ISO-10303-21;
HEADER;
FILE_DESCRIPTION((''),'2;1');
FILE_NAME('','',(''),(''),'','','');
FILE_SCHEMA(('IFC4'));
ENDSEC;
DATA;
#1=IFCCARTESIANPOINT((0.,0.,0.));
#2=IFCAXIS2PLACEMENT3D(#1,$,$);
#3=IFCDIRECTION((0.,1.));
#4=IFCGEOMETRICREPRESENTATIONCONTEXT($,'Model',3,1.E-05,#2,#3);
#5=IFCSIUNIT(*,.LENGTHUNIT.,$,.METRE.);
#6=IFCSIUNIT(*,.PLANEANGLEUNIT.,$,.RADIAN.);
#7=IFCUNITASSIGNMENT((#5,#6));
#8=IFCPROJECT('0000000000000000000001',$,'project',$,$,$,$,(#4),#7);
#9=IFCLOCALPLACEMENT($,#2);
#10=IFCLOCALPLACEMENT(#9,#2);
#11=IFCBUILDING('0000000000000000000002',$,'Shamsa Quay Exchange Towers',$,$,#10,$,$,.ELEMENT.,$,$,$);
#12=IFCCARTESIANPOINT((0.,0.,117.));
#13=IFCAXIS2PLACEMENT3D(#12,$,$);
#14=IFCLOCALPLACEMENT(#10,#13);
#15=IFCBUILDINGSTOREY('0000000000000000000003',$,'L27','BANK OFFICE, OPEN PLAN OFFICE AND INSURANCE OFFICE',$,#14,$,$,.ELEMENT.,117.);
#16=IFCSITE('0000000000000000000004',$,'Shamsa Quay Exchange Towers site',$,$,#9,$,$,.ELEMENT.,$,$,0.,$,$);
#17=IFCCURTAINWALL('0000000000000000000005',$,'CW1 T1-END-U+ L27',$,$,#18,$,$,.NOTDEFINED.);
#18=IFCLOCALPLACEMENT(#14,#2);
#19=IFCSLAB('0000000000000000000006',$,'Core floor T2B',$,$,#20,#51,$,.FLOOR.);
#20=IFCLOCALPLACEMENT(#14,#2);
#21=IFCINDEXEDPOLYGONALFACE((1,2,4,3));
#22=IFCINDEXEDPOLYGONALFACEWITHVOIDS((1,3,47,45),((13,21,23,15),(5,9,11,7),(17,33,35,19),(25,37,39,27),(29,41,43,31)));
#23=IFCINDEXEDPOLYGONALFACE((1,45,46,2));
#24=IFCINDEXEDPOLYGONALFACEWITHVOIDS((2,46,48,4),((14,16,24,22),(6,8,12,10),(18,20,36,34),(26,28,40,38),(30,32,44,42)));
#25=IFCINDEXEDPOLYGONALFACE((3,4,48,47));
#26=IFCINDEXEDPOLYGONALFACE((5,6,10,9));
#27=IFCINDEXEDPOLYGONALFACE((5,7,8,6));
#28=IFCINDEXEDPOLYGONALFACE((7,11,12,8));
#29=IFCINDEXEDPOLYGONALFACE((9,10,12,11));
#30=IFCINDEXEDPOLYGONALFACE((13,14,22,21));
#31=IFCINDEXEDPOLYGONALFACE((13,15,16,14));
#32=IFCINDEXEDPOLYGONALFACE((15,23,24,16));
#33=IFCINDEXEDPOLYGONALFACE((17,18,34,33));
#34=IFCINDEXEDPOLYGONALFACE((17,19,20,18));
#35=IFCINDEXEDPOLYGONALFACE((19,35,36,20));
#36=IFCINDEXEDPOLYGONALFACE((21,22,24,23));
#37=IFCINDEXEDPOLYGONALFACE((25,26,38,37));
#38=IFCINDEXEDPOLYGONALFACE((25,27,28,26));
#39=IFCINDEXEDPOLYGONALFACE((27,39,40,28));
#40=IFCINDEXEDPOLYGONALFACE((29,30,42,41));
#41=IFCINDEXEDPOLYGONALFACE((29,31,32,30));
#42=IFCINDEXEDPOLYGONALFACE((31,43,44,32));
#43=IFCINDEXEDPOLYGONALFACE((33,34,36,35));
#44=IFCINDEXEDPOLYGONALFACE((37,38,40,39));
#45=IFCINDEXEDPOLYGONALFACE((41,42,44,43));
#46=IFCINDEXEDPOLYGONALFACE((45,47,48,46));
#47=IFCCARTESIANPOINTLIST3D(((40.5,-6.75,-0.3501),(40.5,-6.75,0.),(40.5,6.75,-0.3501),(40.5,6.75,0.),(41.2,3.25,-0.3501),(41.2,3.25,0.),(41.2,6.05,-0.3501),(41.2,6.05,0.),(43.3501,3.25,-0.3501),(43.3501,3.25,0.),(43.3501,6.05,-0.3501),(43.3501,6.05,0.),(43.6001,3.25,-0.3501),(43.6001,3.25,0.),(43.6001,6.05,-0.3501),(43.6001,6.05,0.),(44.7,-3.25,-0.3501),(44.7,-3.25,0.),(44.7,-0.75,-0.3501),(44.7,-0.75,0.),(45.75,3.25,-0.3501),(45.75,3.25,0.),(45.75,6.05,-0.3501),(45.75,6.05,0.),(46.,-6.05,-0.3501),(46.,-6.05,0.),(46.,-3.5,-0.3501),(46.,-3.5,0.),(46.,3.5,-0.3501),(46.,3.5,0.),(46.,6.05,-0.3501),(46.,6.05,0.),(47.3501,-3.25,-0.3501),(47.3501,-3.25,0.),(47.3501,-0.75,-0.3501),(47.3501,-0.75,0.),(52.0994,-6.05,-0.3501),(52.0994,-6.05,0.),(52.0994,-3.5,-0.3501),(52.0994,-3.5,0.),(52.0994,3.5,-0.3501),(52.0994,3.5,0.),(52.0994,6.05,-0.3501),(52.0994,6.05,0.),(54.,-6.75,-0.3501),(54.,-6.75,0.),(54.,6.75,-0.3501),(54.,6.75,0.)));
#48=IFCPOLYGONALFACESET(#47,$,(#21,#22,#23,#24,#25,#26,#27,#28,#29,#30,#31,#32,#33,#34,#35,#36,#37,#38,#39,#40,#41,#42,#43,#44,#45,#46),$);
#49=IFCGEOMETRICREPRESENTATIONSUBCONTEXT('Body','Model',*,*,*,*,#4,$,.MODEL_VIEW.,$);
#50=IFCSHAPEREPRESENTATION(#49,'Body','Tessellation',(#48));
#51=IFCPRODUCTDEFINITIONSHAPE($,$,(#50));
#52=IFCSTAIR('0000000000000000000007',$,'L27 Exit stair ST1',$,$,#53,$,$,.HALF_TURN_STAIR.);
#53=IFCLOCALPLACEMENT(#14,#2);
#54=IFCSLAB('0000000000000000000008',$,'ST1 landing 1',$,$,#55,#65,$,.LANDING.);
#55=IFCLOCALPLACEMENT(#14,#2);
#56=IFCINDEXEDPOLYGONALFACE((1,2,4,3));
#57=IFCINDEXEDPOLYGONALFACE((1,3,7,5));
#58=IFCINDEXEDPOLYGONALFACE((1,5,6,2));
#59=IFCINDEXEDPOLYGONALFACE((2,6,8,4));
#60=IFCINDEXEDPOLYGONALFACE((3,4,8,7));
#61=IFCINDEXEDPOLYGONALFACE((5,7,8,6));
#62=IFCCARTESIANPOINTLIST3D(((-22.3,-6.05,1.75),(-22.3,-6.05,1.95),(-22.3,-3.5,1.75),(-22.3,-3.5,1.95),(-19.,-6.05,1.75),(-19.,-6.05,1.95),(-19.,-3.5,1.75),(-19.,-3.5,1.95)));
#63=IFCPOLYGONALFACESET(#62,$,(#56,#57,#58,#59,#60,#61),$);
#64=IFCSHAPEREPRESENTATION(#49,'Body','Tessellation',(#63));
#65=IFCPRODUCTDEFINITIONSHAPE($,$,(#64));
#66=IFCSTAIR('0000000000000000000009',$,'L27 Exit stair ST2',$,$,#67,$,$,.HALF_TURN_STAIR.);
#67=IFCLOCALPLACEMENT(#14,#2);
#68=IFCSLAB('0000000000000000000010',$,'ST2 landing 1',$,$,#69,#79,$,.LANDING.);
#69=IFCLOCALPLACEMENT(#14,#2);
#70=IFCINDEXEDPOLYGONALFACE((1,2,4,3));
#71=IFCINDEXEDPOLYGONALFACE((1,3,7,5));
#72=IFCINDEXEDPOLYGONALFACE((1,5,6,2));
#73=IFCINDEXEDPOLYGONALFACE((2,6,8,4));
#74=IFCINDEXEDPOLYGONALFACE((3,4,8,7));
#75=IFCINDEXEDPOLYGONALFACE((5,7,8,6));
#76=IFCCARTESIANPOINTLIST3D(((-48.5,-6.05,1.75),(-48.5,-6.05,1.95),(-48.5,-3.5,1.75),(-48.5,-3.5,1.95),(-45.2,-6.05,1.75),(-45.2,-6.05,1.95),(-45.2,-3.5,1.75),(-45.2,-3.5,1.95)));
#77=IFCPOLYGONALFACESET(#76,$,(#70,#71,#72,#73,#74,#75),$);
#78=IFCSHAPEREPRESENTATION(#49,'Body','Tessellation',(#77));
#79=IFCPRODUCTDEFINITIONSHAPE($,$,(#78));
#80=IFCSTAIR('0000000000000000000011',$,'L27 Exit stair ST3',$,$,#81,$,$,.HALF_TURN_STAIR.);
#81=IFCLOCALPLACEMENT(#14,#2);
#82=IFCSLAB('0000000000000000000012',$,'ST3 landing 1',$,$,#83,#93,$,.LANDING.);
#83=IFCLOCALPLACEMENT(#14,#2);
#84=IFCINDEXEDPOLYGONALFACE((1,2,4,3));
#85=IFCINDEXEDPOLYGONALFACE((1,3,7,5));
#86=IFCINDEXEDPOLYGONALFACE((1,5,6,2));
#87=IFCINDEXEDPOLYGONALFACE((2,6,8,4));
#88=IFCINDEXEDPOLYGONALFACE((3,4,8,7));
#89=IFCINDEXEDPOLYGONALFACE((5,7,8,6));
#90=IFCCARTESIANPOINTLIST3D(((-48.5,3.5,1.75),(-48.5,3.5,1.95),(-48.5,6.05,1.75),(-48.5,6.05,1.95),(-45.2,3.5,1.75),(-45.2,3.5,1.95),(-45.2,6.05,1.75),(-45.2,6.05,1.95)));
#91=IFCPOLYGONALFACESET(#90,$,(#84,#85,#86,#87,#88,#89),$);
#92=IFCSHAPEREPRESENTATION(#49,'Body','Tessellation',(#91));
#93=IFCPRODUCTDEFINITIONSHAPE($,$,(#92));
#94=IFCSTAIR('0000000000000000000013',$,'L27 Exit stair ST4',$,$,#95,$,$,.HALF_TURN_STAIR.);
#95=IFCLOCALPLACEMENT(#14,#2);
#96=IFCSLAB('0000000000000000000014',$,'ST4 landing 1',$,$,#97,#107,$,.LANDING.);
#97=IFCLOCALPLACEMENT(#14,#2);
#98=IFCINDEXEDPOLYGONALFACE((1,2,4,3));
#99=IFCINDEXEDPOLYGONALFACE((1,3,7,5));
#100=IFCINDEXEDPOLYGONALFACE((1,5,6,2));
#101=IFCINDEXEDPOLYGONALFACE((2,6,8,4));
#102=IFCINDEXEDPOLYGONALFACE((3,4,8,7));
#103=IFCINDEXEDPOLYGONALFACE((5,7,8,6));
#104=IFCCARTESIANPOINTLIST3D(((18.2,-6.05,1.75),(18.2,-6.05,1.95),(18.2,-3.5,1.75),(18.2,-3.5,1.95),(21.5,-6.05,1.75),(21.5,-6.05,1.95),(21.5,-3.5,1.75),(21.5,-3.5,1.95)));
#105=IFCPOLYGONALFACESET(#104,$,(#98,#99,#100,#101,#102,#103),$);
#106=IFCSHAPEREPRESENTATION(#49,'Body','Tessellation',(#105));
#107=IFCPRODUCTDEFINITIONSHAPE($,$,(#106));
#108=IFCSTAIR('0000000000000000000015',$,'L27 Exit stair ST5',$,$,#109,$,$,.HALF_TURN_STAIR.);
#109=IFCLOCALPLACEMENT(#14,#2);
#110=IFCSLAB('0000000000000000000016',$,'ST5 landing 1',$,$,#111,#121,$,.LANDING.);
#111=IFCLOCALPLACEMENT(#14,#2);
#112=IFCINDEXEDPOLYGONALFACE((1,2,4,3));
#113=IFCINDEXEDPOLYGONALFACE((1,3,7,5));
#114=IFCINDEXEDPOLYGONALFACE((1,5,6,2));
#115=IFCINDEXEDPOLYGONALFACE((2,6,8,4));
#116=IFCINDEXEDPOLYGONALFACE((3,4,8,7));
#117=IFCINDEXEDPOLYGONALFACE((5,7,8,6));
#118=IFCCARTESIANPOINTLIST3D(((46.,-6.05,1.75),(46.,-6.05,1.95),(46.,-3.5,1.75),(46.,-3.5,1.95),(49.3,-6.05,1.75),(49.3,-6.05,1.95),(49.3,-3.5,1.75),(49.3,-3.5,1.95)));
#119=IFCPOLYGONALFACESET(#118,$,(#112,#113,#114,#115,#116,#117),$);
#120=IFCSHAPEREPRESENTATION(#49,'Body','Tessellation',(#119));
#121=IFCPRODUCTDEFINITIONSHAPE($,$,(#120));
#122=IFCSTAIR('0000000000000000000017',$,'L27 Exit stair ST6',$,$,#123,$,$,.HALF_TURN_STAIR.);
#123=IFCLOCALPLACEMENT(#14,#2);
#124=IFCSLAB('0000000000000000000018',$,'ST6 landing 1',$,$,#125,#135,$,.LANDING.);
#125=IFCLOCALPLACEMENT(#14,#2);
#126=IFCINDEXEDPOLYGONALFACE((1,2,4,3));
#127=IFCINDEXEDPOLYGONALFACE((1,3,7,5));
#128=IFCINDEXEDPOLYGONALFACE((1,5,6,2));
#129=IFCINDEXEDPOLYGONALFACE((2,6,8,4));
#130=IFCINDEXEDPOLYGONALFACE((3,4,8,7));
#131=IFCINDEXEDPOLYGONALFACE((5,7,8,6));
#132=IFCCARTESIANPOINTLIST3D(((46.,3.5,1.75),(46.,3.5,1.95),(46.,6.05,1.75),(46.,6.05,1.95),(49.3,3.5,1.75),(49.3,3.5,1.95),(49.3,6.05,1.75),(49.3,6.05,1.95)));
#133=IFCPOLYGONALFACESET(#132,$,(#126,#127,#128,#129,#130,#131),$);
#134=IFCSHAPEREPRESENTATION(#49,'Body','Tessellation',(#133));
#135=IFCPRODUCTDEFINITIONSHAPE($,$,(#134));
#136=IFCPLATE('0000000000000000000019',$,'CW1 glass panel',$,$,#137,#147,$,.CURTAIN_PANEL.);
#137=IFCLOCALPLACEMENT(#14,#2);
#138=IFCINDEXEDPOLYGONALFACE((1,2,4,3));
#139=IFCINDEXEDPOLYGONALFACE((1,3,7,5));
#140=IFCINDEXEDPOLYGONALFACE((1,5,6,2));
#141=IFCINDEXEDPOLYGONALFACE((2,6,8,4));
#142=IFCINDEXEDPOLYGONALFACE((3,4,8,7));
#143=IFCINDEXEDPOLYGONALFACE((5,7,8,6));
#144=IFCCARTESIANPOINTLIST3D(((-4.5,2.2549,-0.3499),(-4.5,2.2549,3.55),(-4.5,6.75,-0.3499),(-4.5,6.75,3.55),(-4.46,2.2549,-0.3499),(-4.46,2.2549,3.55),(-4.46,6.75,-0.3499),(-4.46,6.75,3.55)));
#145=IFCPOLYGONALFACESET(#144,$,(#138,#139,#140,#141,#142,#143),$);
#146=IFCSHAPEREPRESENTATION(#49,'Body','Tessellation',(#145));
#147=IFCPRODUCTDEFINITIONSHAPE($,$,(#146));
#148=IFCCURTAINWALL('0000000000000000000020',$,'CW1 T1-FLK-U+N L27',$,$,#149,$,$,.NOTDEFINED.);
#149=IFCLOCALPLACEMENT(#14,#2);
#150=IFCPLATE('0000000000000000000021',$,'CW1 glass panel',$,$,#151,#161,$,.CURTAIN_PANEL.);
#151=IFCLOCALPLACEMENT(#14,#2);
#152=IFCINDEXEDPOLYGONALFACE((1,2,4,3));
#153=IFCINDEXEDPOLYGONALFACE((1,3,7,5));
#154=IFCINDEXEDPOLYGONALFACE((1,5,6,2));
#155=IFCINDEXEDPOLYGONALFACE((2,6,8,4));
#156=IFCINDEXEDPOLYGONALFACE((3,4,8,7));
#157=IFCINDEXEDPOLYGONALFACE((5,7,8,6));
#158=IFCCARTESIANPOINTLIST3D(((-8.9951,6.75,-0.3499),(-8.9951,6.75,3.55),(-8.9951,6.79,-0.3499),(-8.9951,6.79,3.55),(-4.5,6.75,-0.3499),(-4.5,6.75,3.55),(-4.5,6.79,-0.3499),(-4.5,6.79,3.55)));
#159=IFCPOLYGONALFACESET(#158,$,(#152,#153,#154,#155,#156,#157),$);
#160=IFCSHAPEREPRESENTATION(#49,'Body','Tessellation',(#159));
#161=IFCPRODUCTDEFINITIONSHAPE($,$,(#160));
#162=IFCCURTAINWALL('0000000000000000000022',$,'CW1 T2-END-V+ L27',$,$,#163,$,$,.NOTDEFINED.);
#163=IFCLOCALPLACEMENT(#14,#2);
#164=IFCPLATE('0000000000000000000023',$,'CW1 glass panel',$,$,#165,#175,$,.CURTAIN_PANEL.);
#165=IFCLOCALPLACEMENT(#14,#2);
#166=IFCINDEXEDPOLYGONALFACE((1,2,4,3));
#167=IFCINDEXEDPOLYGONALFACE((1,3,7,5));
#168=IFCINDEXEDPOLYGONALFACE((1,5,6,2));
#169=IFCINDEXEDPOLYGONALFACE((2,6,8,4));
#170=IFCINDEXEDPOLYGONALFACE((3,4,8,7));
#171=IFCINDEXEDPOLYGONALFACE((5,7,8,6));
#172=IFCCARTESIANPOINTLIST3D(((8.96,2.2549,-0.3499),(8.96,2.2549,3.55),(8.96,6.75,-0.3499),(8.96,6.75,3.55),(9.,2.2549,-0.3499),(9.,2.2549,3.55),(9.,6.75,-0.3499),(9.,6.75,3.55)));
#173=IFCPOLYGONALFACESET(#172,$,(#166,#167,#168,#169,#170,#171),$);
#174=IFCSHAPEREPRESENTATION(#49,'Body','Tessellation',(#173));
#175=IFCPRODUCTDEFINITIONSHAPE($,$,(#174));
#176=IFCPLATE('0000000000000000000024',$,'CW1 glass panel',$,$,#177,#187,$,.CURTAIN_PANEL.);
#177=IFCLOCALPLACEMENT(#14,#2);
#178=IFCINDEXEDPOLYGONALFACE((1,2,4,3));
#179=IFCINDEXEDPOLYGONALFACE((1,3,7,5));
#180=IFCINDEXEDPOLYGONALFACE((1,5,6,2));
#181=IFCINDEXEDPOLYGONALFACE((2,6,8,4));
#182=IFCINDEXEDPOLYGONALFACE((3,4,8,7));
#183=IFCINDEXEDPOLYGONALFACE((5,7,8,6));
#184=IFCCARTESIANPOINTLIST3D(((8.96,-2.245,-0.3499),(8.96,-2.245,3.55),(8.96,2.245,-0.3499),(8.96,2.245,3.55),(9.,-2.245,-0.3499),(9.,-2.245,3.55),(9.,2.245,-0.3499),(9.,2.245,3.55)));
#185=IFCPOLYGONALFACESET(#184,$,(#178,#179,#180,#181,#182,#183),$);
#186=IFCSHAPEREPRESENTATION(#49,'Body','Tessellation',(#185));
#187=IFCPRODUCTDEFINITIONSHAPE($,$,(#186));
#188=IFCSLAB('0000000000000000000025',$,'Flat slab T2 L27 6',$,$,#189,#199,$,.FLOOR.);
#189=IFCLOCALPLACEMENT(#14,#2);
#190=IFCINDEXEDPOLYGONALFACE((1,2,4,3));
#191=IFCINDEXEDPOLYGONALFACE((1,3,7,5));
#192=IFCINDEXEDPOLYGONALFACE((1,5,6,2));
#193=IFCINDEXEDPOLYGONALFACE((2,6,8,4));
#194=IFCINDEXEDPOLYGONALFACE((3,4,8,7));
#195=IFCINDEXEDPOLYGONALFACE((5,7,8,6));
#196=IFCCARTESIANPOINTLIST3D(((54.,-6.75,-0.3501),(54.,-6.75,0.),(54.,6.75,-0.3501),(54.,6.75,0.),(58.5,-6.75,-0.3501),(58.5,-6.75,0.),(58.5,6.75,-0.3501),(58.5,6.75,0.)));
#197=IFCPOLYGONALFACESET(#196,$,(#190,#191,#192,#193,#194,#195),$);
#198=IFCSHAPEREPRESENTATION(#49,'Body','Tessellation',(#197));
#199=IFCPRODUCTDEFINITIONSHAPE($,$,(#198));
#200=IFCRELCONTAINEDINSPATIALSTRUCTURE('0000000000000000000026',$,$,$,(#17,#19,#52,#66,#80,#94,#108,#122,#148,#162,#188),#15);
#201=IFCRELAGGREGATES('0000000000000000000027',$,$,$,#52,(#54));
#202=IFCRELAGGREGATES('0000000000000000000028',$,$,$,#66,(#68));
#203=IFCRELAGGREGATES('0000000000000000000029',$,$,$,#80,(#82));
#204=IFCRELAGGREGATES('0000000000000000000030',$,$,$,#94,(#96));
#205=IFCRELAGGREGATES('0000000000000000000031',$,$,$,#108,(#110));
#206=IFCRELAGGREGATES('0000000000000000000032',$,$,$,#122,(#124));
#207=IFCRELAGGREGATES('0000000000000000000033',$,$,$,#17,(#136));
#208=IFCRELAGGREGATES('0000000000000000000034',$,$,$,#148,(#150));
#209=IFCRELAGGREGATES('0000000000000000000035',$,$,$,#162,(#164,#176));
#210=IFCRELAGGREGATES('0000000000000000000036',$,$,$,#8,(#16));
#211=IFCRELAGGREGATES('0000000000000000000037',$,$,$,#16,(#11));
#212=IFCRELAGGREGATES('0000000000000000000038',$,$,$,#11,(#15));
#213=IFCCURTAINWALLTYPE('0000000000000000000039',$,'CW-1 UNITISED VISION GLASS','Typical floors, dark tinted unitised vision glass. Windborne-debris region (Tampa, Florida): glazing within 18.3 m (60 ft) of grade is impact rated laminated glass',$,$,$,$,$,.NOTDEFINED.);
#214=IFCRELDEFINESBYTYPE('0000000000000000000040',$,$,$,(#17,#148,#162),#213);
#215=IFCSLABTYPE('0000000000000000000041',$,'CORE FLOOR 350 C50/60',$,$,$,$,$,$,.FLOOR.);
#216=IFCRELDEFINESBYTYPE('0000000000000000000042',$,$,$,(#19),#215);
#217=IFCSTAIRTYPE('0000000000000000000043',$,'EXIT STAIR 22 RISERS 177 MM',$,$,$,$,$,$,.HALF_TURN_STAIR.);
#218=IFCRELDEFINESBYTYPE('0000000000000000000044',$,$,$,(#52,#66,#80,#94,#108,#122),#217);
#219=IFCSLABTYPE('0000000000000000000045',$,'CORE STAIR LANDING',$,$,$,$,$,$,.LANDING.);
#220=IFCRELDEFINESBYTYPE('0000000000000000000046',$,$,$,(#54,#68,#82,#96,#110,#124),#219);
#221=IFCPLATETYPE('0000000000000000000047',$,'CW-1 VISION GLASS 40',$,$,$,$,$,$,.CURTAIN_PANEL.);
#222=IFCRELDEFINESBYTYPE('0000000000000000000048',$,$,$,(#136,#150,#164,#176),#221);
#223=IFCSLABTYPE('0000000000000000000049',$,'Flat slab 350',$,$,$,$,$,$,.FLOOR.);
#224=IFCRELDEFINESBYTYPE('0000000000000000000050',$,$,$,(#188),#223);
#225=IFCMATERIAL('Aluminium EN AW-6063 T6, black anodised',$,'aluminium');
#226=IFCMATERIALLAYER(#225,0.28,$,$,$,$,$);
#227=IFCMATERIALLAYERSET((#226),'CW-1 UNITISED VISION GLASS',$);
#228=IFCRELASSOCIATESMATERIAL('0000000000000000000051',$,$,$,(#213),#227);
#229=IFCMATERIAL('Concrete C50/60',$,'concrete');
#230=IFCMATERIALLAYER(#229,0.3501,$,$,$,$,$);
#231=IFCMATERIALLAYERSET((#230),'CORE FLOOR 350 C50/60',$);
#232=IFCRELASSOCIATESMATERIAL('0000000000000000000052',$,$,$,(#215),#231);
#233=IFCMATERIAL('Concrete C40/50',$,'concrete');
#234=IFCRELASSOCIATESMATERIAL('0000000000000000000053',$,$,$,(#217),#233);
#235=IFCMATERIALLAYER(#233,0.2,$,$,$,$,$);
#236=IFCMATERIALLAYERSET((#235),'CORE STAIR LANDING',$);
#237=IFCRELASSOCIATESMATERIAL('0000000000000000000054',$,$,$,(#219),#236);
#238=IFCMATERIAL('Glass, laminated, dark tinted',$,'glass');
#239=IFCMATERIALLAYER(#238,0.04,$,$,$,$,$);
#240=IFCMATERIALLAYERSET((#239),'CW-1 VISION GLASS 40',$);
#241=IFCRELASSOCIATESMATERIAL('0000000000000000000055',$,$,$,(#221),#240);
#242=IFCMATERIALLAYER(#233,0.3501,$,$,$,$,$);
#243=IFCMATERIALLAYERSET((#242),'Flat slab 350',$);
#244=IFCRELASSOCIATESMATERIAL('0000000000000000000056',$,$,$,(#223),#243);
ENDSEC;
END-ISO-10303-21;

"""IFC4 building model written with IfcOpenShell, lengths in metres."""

from ifc_helpers import new_model, si_unit, direction, frame, origin, origin_2d, place, context, subcontext, project, spatial, polyline, rectangle, outline, extrude, material, layer, layer_set, type_object, element, aggregate, save


model = new_model("IFC4")

# Units and contexts
model_context = context("Model", 3, precision=1e-05, world=origin(), true_north=direction((0.0, 1.0)))
body_context = subcontext(model_context, "Body", "Model", "MODEL_VIEW")
ifc_project = project(units=[si_unit("LENGTHUNIT", "METRE"), si_unit("PLANEANGLEUNIT", "RADIAN")], contexts=[model_context])

# Site, building, storey
site_placement = place(None, origin())
site = spatial("IfcSite", under=ifc_project, at=site_placement, Name="Shamsa Quay Exchange Towers site", CompositionType="ELEMENT", RefElevation=0.0)
building_placement = place(site_placement, origin())
building = spatial("IfcBuilding", under=site, at=building_placement, Name="Shamsa Quay Exchange Towers", CompositionType="ELEMENT")
storey_placement = place(building_placement, frame((0.0, 0.0, 117.0)))
storey = spatial("IfcBuildingStorey", under=building, at=storey_placement, Name="L27", Description="BANK OFFICE, OPEN PLAN OFFICE AND INSURANCE OFFICE", CompositionType="ELEMENT", Elevation=117.0)

# Curtain wall
ifc_material_1 = material(Name="Aluminium EN AW-6063 T6, black anodised", Category="aluminium")
ifc_layer_1 = layer(ifc_material_1, 0.28)
ifc_layer_set_1 = layer_set([ifc_layer_1], Name="CW-1 UNITISED VISION GLASS")
curtain_wall_type = type_object("IfcCurtainWallType", Name="CW-1 UNITISED VISION GLASS", Description="Typical floors, dark tinted unitised vision glass. Windborne-debris region (Tampa, Florida): glazing within 18.3 m (60 ft) of grade is impact rated laminated glass", PredefinedType="NOTDEFINED", material=ifc_layer_set_1)
curtain_wall_1_placement = place(storey_placement, origin())
curtain_wall_1 = element("IfcCurtainWall", 1, at=curtain_wall_1_placement, inside=storey, type_object=curtain_wall_type, Name="CW1 T1-END-U+ L27", PredefinedType="NOTDEFINED")

# Slab
ifc_material_2 = material(Name="Concrete C50/60", Category="concrete")
ifc_layer_2 = layer(ifc_material_2, 0.3501)
ifc_layer_set_2 = layer_set([ifc_layer_2], Name="CORE FLOOR 350 C50/60")
slab_type_1 = type_object("IfcSlabType", Name="CORE FLOOR 350 C50/60", PredefinedType="FLOOR", material=ifc_layer_set_2)
slab_1_placement = place(storey_placement, frame((0.0, 0.0, -0.3501)))
element("IfcSlab", 2, at=slab_1_placement, inside=storey, type_object=slab_type_1, Name="Core floor T2B", PredefinedType="FLOOR", context=body_context, shape_type="SweptSolid", body=[
    extrude(outline(polyline([(54.0, -6.75), (54.0, 6.75), (40.5, 6.75), (40.5, -6.75), (54.0, -6.75)]), holes=[polyline([(52.0994, -3.5), (52.0994, -6.05), (46.0, -6.05), (46.0, -3.5), (52.0994, -3.5)]), polyline([(52.0994, 6.05), (52.0994, 3.5), (46.0, 3.5), (46.0, 6.05), (52.0994, 6.05)]), polyline([(45.75, 3.25), (43.6001, 3.25), (43.6001, 6.05), (45.75, 6.05), (45.75, 3.25)]), polyline([(43.3501, 3.25), (41.2, 3.25), (41.2, 6.05), (43.3501, 6.05), (43.3501, 3.25)]), polyline([(47.3501, -3.25), (44.7, -3.25), (44.7, -0.75), (47.3501, -0.75), (47.3501, -3.25)])]), origin(), (0.0, 0.0, 1.0), 0.3501),
])

# Stairs, slabs
ifc_material_3 = material(Name="Concrete C40/50", Category="concrete")
stair_type = type_object("IfcStairType", Name="EXIT STAIR 22 RISERS 177 MM", PredefinedType="HALF_TURN_STAIR", material=ifc_material_3)
stair_1_placement = place(storey_placement, origin())
stair_1 = element("IfcStair", 3, at=stair_1_placement, inside=storey, type_object=stair_type, Name="L27 Exit stair ST1", PredefinedType="HALF_TURN_STAIR")
ifc_layer_3 = layer(ifc_material_3, 0.2)
ifc_layer_set_3 = layer_set([ifc_layer_3], Name="CORE STAIR LANDING")
slab_type_2 = type_object("IfcSlabType", Name="CORE STAIR LANDING", PredefinedType="LANDING", material=ifc_layer_set_3)
slab_2_placement = place(storey_placement, frame((0.0, 0.0, 1.75)))
slab_2 = element("IfcSlab", 4, at=slab_2_placement, type_object=slab_type_2, Name="ST1 landing 1", PredefinedType="LANDING", context=body_context, shape_type="SweptSolid", body=[
    extrude(outline(polyline([(-22.3, -6.05), (-19.0, -6.05), (-19.0, -3.5), (-22.3, -3.5), (-22.3, -6.05)])), origin(), (0.0, 0.0, 1.0), 0.2),
])
aggregate(stair_1, [slab_2])
stair_2_placement = place(storey_placement, origin())
stair_2 = element("IfcStair", 5, at=stair_2_placement, inside=storey, type_object=stair_type, Name="L27 Exit stair ST2", PredefinedType="HALF_TURN_STAIR")
slab_3_placement = place(storey_placement, frame((0.0, 0.0, 1.75)))
slab_3 = element("IfcSlab", 6, at=slab_3_placement, type_object=slab_type_2, Name="ST2 landing 1", PredefinedType="LANDING", context=body_context, shape_type="SweptSolid", body=[
    extrude(outline(polyline([(-45.2, -3.5), (-48.5, -3.5), (-48.5, -6.05), (-45.2, -6.05), (-45.2, -3.5)])), origin(), (0.0, 0.0, 1.0), 0.2),
])
aggregate(stair_2, [slab_3])
stair_3_placement = place(storey_placement, origin())
stair_3 = element("IfcStair", 7, at=stair_3_placement, inside=storey, type_object=stair_type, Name="L27 Exit stair ST3", PredefinedType="HALF_TURN_STAIR")
slab_4_placement = place(storey_placement, frame((0.0, 0.0, 1.75)))
slab_4 = element("IfcSlab", 8, at=slab_4_placement, type_object=slab_type_2, Name="ST3 landing 1", PredefinedType="LANDING", context=body_context, shape_type="SweptSolid", body=[
    extrude(outline(polyline([(-45.2, 6.05), (-48.5, 6.05), (-48.5, 3.5), (-45.2, 3.5), (-45.2, 6.05)])), origin(), (0.0, 0.0, 1.0), 0.2),
])
aggregate(stair_3, [slab_4])
stair_4_placement = place(storey_placement, origin())
stair_4 = element("IfcStair", 9, at=stair_4_placement, inside=storey, type_object=stair_type, Name="L27 Exit stair ST4", PredefinedType="HALF_TURN_STAIR")
slab_5_placement = place(storey_placement, frame((0.0, 0.0, 1.75)))
slab_5 = element("IfcSlab", 10, at=slab_5_placement, type_object=slab_type_2, Name="ST4 landing 1", PredefinedType="LANDING", context=body_context, shape_type="SweptSolid", body=[
    extrude(outline(polyline([(18.2, -6.05), (21.5, -6.05), (21.5, -3.5), (18.2, -3.5), (18.2, -6.05)])), origin(), (0.0, 0.0, 1.0), 0.2),
])
aggregate(stair_4, [slab_5])
stair_5_placement = place(storey_placement, origin())
stair_5 = element("IfcStair", 11, at=stair_5_placement, inside=storey, type_object=stair_type, Name="L27 Exit stair ST5", PredefinedType="HALF_TURN_STAIR")
slab_6_placement = place(storey_placement, frame((0.0, 0.0, 1.75)))
slab_6 = element("IfcSlab", 12, at=slab_6_placement, type_object=slab_type_2, Name="ST5 landing 1", PredefinedType="LANDING", context=body_context, shape_type="SweptSolid", body=[
    extrude(outline(polyline([(49.3, -3.5), (46.0, -3.5), (46.0, -6.05), (49.3, -6.05), (49.3, -3.5)])), origin(), (0.0, 0.0, 1.0), 0.2),
])
aggregate(stair_5, [slab_6])
stair_6_placement = place(storey_placement, origin())
stair_6 = element("IfcStair", 13, at=stair_6_placement, inside=storey, type_object=stair_type, Name="L27 Exit stair ST6", PredefinedType="HALF_TURN_STAIR")
slab_7_placement = place(storey_placement, frame((0.0, 0.0, 1.75)))
slab_7 = element("IfcSlab", 14, at=slab_7_placement, type_object=slab_type_2, Name="ST6 landing 1", PredefinedType="LANDING", context=body_context, shape_type="SweptSolid", body=[
    extrude(outline(polyline([(49.3, 6.05), (46.0, 6.05), (46.0, 3.5), (49.3, 3.5), (49.3, 6.05)])), origin(), (0.0, 0.0, 1.0), 0.2),
])
aggregate(stair_6, [slab_7])

# Plate
ifc_material_4 = material(Name="Glass, laminated, dark tinted", Category="glass")
ifc_layer_4 = layer(ifc_material_4, 0.04)
ifc_layer_set_4 = layer_set([ifc_layer_4], Name="CW-1 VISION GLASS 40")
plate_type = type_object("IfcPlateType", Name="CW-1 VISION GLASS 40", PredefinedType="CURTAIN_PANEL", material=ifc_layer_set_4)
plate_1_placement = place(storey_placement, frame((-4.48, 4.5024, -0.3499), z_axis=(0.0, 0.0, 1.0), x_axis=(0.0, 1.0, 0.0)))
plate_1 = element("IfcPlate", 15, at=plate_1_placement, type_object=plate_type, Name="CW1 glass panel", PredefinedType="CURTAIN_PANEL", context=body_context, shape_type="SweptSolid", body=[
    extrude(rectangle(XDim=4.4951, YDim=0.04, at=origin_2d()), origin(), (0.0, 0.0, 1.0), 3.8999),
])
aggregate(curtain_wall_1, [plate_1])

# Curtain wall, plate
curtain_wall_2_placement = place(storey_placement, origin())
curtain_wall_2 = element("IfcCurtainWall", 16, at=curtain_wall_2_placement, inside=storey, type_object=curtain_wall_type, Name="CW1 T1-FLK-U+N L27", PredefinedType="NOTDEFINED")
plate_2_placement = place(storey_placement, frame((-6.7476, 6.77, -0.3499), z_axis=(0.0, 0.0, 1.0), x_axis=(-1.0, 0.0, 0.0)))
plate_2 = element("IfcPlate", 17, at=plate_2_placement, type_object=plate_type, Name="CW1 glass panel", PredefinedType="CURTAIN_PANEL", context=body_context, shape_type="SweptSolid", body=[
    extrude(rectangle(XDim=4.4951, YDim=0.04, at=origin_2d()), origin(), (0.0, 0.0, 1.0), 3.8999),
])
aggregate(curtain_wall_2, [plate_2])

# Curtain wall, plates
curtain_wall_3_placement = place(storey_placement, origin())
curtain_wall_3 = element("IfcCurtainWall", 18, at=curtain_wall_3_placement, inside=storey, type_object=curtain_wall_type, Name="CW1 T2-END-V+ L27", PredefinedType="NOTDEFINED")
plate_3_placement = place(storey_placement, frame((8.98, 4.5024, -0.3499), z_axis=(0.0, 0.0, 1.0), x_axis=(0.0, -1.0, 0.0)))
plate_3 = element("IfcPlate", 19, at=plate_3_placement, type_object=plate_type, Name="CW1 glass panel", PredefinedType="CURTAIN_PANEL", context=body_context, shape_type="SweptSolid", body=[
    extrude(rectangle(XDim=4.4951, YDim=0.04, at=origin_2d()), origin(), (0.0, 0.0, 1.0), 3.8999),
])
plate_4_placement = place(storey_placement, frame((8.98, 0.0, -0.3499), z_axis=(0.0, 0.0, 1.0), x_axis=(0.0, -1.0, 0.0)))
plate_4 = element("IfcPlate", 20, at=plate_4_placement, type_object=plate_type, Name="CW1 glass panel", PredefinedType="CURTAIN_PANEL", context=body_context, shape_type="SweptSolid", body=[
    extrude(rectangle(XDim=4.49, YDim=0.04, at=origin_2d()), origin(), (0.0, 0.0, 1.0), 3.8999),
])
aggregate(curtain_wall_3, [plate_3, plate_4])

# Slab
ifc_layer_5 = layer(ifc_material_3, 0.3501)
ifc_layer_set_5 = layer_set([ifc_layer_5], Name="Flat slab 350")
slab_type_3 = type_object("IfcSlabType", Name="Flat slab 350", PredefinedType="FLOOR", material=ifc_layer_set_5)
slab_8_placement = place(storey_placement, frame((0.0, 0.0, -0.3501)))
element("IfcSlab", 21, at=slab_8_placement, inside=storey, type_object=slab_type_3, Name="Flat slab T2 L27 6", PredefinedType="FLOOR", context=body_context, shape_type="SweptSolid", body=[
    extrude(outline(polyline([(58.5, 6.75), (54.0, 6.75), (54.0, -6.75), (58.5, -6.75), (58.5, 6.75)])), origin(), (0.0, 0.0, 1.0), 0.3501),
])

save(model, "model.ifc")
